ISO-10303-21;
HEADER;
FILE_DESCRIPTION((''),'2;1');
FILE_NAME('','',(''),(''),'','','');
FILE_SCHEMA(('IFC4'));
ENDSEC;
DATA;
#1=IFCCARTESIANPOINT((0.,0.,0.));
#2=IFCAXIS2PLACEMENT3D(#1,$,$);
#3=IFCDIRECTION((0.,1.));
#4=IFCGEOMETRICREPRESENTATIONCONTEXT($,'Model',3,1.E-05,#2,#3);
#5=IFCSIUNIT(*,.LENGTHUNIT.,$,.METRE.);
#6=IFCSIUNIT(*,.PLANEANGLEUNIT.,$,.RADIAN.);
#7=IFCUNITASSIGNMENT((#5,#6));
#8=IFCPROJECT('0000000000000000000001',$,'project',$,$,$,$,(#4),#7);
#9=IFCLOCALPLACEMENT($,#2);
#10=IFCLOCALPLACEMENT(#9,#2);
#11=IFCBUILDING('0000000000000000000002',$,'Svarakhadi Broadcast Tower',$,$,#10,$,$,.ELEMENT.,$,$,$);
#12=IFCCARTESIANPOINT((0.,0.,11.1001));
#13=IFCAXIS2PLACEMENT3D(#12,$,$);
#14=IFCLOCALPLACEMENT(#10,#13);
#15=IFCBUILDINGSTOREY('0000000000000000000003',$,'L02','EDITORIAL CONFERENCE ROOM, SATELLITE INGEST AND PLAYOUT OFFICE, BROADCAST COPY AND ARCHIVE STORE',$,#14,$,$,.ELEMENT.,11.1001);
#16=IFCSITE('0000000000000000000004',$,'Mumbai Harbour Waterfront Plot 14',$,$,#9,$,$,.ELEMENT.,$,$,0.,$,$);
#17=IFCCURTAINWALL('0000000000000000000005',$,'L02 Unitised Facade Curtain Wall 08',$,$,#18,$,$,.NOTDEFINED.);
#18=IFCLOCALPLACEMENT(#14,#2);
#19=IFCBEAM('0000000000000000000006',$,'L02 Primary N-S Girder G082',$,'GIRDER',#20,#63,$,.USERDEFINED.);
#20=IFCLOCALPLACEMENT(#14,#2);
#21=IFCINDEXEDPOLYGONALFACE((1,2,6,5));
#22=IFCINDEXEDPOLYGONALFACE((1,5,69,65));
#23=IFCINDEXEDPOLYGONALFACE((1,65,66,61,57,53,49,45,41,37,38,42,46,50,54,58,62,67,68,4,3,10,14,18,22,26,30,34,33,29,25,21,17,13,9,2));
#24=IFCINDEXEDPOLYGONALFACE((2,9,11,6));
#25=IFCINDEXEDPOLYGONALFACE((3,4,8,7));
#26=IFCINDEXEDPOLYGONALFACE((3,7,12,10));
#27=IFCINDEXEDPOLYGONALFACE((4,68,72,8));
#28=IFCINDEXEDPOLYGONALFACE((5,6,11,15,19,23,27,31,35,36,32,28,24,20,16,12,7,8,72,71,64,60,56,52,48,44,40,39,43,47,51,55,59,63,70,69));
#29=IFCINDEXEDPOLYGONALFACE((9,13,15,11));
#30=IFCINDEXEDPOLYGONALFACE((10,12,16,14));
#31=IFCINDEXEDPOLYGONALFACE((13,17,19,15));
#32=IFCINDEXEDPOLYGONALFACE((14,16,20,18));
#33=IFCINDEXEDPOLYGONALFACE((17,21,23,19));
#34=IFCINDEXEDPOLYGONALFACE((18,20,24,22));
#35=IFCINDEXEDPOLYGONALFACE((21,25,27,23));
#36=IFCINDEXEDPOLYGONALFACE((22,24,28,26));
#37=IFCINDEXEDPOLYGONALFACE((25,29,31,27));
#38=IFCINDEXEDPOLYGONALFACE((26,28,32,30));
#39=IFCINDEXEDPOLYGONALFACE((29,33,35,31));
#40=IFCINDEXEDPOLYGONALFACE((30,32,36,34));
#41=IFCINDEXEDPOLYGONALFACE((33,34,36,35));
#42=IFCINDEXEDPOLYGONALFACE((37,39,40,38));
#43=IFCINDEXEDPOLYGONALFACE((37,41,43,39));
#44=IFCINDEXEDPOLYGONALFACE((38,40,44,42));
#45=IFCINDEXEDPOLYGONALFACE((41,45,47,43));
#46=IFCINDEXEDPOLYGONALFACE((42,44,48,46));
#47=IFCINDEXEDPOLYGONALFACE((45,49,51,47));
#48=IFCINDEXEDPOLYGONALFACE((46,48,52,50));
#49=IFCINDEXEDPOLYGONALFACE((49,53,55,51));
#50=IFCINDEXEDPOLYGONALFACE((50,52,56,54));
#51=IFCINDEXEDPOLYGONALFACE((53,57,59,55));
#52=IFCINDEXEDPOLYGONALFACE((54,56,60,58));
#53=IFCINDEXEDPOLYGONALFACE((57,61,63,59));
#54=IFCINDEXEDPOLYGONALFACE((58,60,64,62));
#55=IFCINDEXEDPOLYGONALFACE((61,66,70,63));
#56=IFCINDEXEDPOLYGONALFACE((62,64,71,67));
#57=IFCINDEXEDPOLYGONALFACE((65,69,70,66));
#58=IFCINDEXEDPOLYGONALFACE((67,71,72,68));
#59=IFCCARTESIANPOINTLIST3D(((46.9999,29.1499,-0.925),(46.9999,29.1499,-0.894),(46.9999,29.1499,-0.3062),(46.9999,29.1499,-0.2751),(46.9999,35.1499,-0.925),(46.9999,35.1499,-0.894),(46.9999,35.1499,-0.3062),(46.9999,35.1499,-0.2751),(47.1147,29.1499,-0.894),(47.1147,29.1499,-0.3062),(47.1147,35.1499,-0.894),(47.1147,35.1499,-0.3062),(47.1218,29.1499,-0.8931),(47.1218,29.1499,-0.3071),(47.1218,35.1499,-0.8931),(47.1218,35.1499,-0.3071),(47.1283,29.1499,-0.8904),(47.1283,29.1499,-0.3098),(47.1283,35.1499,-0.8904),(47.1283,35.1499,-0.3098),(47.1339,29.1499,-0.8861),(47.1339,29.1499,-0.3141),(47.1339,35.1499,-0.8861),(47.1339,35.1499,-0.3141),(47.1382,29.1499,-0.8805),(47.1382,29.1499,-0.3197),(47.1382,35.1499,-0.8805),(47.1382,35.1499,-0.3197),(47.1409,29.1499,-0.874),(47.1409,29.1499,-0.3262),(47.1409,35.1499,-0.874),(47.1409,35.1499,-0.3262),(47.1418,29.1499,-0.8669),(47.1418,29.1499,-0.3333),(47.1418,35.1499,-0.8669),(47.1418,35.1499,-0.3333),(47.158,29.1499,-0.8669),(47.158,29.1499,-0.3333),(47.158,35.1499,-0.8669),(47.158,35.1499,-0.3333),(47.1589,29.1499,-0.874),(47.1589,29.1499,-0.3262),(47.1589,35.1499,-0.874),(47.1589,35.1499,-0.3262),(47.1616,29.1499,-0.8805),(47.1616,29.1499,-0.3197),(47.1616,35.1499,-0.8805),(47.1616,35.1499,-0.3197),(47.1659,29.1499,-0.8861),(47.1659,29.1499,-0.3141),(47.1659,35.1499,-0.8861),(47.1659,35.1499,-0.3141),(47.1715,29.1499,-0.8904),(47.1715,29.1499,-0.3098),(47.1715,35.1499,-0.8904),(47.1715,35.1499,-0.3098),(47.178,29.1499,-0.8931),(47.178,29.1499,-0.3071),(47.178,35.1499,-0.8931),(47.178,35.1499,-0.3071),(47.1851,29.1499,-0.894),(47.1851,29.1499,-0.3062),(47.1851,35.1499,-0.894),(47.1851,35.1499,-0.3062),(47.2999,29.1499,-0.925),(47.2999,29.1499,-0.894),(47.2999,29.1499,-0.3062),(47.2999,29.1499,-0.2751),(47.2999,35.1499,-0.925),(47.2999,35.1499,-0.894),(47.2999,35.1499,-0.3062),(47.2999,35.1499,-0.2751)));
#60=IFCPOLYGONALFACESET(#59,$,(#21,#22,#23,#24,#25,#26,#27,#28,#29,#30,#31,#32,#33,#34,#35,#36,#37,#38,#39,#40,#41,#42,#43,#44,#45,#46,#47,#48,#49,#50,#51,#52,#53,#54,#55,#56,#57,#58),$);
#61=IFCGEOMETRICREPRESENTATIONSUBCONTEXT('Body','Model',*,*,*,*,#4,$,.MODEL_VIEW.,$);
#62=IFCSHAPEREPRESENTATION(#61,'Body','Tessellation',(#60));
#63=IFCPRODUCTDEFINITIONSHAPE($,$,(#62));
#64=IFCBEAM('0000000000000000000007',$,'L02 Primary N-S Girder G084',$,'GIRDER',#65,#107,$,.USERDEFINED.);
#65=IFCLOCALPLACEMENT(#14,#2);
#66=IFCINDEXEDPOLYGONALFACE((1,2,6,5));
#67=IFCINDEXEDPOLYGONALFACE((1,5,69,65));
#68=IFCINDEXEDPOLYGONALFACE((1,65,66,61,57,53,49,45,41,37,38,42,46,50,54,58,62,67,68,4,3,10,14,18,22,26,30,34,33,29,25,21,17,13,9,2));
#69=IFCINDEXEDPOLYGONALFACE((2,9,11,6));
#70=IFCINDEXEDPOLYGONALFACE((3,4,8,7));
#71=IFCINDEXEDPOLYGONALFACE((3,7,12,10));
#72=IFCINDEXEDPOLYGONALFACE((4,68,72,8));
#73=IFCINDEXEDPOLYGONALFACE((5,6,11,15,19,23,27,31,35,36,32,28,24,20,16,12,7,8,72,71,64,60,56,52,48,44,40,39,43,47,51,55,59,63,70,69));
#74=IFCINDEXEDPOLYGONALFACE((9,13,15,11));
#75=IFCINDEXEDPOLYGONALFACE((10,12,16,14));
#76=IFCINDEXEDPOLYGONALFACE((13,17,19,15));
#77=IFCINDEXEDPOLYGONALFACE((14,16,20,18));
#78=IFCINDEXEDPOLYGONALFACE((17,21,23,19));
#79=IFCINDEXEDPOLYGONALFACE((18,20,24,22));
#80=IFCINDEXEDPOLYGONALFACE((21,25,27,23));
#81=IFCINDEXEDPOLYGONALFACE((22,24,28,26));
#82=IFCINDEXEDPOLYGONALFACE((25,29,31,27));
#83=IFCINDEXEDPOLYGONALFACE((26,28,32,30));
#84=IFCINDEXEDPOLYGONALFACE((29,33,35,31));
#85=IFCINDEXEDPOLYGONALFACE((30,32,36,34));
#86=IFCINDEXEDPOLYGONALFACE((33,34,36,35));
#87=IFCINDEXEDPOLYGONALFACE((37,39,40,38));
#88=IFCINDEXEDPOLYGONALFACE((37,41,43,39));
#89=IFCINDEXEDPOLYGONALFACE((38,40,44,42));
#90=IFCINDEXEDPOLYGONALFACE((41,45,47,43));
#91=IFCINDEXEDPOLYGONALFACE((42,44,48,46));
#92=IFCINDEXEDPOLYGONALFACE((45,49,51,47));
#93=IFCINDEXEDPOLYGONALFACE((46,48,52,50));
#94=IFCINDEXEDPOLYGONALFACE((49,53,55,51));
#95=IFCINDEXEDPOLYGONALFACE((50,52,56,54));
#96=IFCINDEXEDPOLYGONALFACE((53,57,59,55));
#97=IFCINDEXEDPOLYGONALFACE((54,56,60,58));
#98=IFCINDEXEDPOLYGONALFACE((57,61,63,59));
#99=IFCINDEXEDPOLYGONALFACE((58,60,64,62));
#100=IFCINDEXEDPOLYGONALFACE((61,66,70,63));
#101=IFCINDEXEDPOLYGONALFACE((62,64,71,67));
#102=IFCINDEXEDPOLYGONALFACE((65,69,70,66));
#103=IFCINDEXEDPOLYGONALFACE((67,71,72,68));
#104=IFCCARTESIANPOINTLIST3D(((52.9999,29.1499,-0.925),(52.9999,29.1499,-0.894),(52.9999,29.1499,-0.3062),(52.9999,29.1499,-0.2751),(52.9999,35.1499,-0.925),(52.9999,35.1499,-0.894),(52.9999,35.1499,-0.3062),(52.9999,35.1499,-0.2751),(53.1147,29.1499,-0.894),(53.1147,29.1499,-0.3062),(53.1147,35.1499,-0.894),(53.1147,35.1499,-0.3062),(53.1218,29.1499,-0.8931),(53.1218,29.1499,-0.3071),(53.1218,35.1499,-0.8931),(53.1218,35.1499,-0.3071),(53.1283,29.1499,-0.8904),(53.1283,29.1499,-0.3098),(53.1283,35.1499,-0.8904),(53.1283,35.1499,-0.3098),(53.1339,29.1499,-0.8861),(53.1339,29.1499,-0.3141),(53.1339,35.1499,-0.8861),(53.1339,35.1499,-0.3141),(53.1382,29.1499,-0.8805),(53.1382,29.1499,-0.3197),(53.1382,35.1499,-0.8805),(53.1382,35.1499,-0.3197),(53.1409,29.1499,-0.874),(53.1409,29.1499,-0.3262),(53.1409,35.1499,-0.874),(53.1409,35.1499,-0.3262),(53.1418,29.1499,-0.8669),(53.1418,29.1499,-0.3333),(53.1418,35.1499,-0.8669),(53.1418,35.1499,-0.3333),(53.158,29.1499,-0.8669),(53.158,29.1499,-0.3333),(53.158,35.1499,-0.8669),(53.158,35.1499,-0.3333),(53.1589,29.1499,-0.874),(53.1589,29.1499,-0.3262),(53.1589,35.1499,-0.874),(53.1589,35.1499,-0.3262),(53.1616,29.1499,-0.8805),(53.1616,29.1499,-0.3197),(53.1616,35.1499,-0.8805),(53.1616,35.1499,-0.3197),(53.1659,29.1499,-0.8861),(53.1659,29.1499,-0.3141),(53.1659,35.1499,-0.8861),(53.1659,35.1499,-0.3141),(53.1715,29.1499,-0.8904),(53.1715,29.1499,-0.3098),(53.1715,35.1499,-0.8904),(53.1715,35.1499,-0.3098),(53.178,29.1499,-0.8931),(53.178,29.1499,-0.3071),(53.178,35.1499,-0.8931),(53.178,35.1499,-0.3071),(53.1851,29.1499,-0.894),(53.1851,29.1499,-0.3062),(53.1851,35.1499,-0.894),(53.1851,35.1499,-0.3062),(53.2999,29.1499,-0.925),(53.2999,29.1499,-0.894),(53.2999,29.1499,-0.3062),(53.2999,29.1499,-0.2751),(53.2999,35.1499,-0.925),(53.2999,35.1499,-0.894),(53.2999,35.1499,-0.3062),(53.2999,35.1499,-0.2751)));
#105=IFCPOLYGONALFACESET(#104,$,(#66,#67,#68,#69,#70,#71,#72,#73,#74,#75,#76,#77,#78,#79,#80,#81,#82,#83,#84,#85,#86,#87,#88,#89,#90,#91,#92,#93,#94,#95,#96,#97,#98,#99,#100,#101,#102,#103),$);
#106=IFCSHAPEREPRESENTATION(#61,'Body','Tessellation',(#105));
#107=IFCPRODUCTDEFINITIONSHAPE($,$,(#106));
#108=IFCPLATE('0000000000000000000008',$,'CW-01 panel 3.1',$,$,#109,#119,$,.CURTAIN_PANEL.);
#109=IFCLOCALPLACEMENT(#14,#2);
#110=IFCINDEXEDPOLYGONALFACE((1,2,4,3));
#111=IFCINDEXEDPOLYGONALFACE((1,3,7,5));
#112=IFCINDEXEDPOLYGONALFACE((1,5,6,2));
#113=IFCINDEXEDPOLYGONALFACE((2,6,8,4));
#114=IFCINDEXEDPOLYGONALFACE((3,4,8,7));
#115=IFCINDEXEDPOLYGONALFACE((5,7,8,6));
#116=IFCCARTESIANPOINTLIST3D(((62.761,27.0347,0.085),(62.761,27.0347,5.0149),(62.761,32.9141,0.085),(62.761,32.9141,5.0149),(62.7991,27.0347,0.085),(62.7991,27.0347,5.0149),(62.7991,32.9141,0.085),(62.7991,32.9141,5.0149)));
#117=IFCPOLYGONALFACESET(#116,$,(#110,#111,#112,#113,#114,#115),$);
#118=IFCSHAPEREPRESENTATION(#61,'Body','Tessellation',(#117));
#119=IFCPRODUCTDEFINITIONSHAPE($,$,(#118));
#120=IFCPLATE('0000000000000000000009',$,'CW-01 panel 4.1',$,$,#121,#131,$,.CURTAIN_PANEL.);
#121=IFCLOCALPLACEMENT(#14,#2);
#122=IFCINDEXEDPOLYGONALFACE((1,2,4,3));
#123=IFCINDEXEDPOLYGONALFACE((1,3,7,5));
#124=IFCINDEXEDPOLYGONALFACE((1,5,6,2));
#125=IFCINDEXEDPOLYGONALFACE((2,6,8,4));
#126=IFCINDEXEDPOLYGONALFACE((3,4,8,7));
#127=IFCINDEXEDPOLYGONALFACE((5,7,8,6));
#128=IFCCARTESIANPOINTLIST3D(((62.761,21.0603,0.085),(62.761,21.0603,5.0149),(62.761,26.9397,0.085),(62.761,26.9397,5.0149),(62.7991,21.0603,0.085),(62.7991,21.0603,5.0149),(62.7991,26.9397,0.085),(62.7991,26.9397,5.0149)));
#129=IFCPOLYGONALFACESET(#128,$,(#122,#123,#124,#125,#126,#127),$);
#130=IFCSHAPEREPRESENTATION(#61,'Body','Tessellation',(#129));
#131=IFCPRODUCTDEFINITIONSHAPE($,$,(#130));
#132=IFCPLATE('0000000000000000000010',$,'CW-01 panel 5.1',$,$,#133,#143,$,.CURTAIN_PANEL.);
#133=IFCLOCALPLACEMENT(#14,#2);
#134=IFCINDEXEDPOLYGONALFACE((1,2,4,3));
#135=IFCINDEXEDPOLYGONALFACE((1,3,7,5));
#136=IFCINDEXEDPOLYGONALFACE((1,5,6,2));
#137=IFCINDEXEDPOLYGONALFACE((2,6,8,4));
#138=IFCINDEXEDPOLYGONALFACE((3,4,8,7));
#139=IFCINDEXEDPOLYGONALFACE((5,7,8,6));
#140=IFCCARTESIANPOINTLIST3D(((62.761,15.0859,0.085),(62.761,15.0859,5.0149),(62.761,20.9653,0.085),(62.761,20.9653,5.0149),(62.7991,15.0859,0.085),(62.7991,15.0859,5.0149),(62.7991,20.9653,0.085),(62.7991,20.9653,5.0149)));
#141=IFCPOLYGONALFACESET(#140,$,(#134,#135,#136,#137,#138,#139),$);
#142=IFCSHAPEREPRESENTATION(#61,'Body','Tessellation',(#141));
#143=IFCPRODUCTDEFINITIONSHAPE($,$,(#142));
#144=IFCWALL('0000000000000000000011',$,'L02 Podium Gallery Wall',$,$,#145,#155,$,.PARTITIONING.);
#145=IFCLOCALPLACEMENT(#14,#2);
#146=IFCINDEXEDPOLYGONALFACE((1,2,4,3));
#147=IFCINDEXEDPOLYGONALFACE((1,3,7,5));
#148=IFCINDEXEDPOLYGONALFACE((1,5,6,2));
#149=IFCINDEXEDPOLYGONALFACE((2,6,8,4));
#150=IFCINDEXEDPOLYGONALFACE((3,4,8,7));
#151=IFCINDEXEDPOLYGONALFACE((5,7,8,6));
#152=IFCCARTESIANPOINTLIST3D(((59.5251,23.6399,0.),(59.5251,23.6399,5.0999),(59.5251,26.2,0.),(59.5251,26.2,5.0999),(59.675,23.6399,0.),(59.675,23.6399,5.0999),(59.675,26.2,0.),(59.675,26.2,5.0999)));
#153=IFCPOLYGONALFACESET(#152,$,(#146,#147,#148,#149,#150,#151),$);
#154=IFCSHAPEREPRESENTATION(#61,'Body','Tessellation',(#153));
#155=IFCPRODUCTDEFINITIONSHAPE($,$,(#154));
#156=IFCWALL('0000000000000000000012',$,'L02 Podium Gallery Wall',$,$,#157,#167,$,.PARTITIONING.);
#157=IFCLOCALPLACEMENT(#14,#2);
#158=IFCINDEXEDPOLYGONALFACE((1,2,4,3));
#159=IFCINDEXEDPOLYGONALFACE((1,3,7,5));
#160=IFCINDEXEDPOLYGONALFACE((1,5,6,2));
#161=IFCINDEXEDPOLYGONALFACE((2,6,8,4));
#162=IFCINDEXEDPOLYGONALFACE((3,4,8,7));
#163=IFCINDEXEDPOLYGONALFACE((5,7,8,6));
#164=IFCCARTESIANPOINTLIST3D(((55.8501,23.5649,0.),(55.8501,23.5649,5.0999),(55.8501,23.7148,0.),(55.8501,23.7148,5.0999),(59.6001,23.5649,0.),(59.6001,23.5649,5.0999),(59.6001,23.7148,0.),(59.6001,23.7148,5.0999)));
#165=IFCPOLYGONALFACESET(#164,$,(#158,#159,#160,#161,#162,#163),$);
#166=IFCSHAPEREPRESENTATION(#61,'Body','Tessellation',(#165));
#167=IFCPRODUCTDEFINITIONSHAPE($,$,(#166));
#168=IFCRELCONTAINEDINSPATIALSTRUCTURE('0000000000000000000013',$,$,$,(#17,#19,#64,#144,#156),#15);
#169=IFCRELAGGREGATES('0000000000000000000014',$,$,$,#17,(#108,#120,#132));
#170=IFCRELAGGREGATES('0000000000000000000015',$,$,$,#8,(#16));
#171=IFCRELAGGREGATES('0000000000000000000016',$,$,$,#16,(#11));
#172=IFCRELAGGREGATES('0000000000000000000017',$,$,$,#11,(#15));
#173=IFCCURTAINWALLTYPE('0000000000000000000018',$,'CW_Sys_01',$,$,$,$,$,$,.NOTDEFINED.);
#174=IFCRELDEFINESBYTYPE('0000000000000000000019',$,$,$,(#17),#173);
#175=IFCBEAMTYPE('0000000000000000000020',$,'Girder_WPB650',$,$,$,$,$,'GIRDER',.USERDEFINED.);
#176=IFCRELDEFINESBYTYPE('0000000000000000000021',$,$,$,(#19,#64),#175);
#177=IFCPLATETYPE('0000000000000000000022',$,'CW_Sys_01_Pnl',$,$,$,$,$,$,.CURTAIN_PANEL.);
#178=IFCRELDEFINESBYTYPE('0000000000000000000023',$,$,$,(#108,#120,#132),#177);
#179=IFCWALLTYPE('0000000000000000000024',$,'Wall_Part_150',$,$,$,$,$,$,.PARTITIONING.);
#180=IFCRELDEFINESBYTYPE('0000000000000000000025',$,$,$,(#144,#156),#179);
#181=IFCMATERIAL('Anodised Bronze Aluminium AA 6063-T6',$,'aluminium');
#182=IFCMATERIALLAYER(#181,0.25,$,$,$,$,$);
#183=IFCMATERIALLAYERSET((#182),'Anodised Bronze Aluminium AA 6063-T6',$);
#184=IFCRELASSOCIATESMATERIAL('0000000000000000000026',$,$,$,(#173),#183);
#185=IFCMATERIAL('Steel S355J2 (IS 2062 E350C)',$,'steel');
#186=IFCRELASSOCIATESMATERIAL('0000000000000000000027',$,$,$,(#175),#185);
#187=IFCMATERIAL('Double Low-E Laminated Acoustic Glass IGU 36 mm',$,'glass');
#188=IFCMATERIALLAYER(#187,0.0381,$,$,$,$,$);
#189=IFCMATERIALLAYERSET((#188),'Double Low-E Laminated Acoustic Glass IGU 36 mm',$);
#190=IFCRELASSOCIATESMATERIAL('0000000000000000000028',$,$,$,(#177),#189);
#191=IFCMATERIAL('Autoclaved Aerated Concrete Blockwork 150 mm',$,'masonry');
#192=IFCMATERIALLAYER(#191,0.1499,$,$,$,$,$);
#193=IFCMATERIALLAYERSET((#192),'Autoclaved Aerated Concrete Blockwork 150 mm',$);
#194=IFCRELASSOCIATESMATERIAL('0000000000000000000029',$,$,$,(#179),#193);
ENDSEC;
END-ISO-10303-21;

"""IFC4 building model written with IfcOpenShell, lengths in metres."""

from ifc_helpers import new_model, si_unit, direction, frame, frame_2d, origin, origin_2d, place, context, subcontext, project, spatial, rectangle, i_section, extrude, material, layer, layer_set, material_profile, profile_set, type_object, element, aggregate, save


model = new_model("IFC4")

# Units and contexts
model_context = context("Model", 3, precision=1e-05, world=origin(), true_north=direction((0.0, 1.0)))
body_context = subcontext(model_context, "Body", "Model", "MODEL_VIEW")
ifc_project = project(units=[si_unit("LENGTHUNIT", "METRE"), si_unit("PLANEANGLEUNIT", "RADIAN")], contexts=[model_context])

# Site, building, storey
site_placement = place(None, origin())
site = spatial("IfcSite", under=ifc_project, at=site_placement, Name="Mumbai Harbour Waterfront Plot 14", CompositionType="ELEMENT", RefElevation=0.0)
building_placement = place(site_placement, origin())
building = spatial("IfcBuilding", under=site, at=building_placement, Name="Svarakhadi Broadcast Tower", CompositionType="ELEMENT")
storey_placement = place(building_placement, frame((0.0, 0.0, 11.1001)))
storey = spatial("IfcBuildingStorey", under=building, at=storey_placement, Name="L02", Description="EDITORIAL CONFERENCE ROOM, SATELLITE INGEST AND PLAYOUT OFFICE, BROADCAST COPY AND ARCHIVE STORE", CompositionType="ELEMENT", Elevation=11.1001)

# Shared definitions
ifc_material_1 = material(Name="Steel S355J2 (IS 2062 E350C)", Category="steel")

# Curtain wall
ifc_material_2 = material(Name="Anodised Bronze Aluminium AA 6063-T6", Category="aluminium")
ifc_layer_1 = layer(ifc_material_2, 0.25)
ifc_layer_set_1 = layer_set([ifc_layer_1], Name="Anodised Bronze Aluminium AA 6063-T6")
curtain_wall_type = type_object("IfcCurtainWallType", Name="CW_Sys_01", PredefinedType="NOTDEFINED", material=ifc_layer_set_1)
curtain_wall_placement = place(storey_placement, origin())
curtain_wall = element("IfcCurtainWall", 1, at=curtain_wall_placement, inside=storey, type_object=curtain_wall_type, Name="L02 Unitised Facade Curtain Wall 08", PredefinedType="NOTDEFINED")

# Beams
ifc_material_profile_1 = material_profile(ifc_material_1, i_section(OverallWidth=0.3, OverallDepth=0.6499, WebThickness=0.0161, FlangeThickness=0.031, FilletRadius=0.0271, at=origin_2d()), Name="WPB 650x300x225")
ifc_profile_set_1 = profile_set([ifc_material_profile_1], Name="Steel S355J2 (IS 2062 E350C)")
beam_type_1 = type_object("IfcBeamType", Name="Girder_WPB650", ElementType="GIRDER", PredefinedType="USERDEFINED", material=ifc_profile_set_1)
for number, where, z_axis, x_axis, name in (
    (2, (47.1499, 29.1499, -0.6001), (0.0, 1.0, 0.0), (-1.0, 0.0, 0.0), "L02 Primary N-S Girder G082"),
    (3, (53.1499, 29.1499, -0.6001), (0.0, 1.0, 0.0), (-1.0, 0.0, 0.0), "L02 Primary N-S Girder G084"),
):
    element("IfcBeam", number, at=place(storey_placement, frame(where, z_axis=z_axis, x_axis=x_axis)), inside=storey, type_object=beam_type_1, Name=name, ObjectType="GIRDER", PredefinedType="USERDEFINED", context=body_context, shape_type="SweptSolid", body=[
        extrude(i_section(OverallWidth=0.3, OverallDepth=0.6499, WebThickness=0.0161, FlangeThickness=0.031, FilletRadius=0.0271, at=origin_2d()), origin(), (0.0, 0.0, 1.0), 6.0),
    ])

# Plates
ifc_material_3 = material(Name="Double Low-E Laminated Acoustic Glass IGU 36 mm", Category="glass")
ifc_layer_2 = layer(ifc_material_3, 0.0381)
ifc_layer_set_2 = layer_set([ifc_layer_2], Name="Double Low-E Laminated Acoustic Glass IGU 36 mm")
plate_type = type_object("IfcPlateType", Name="CW_Sys_01_Pnl", PredefinedType="CURTAIN_PANEL", material=ifc_layer_set_2)
plate_1_placement = place(storey_placement, frame((62.78, 29.9744, 0.085), z_axis=(0.0, 0.0, 1.0), x_axis=(0.0, -1.0, 0.0)))
plate_1 = element("IfcPlate", 4, at=plate_1_placement, type_object=plate_type, Name="CW-01 panel 3.1", PredefinedType="CURTAIN_PANEL", context=body_context, shape_type="SweptSolid", body=[
    extrude(rectangle(XDim=5.8794, YDim=0.0381, at=origin_2d()), origin(), (0.0, 0.0, 1.0), 4.9299),
])
plate_2_placement = place(storey_placement, frame((62.78, 24.0, 0.085), z_axis=(0.0, 0.0, 1.0), x_axis=(0.0, -1.0, 0.0)))
plate_2 = element("IfcPlate", 5, at=plate_2_placement, type_object=plate_type, Name="CW-01 panel 4.1", PredefinedType="CURTAIN_PANEL", context=body_context, shape_type="SweptSolid", body=[
    extrude(rectangle(XDim=5.8794, YDim=0.0381, at=origin_2d()), origin(), (0.0, 0.0, 1.0), 4.9299),
])
plate_3_placement = place(storey_placement, frame((62.78, 18.0256, 0.085), z_axis=(0.0, 0.0, 1.0), x_axis=(0.0, -1.0, 0.0)))
plate_3 = element("IfcPlate", 6, at=plate_3_placement, type_object=plate_type, Name="CW-01 panel 5.1", PredefinedType="CURTAIN_PANEL", context=body_context, shape_type="SweptSolid", body=[
    extrude(rectangle(XDim=5.8794, YDim=0.0381, at=origin_2d()), origin(), (0.0, 0.0, 1.0), 4.9299),
])
aggregate(curtain_wall, [plate_1, plate_2, plate_3])

# Walls
ifc_material_4 = material(Name="Autoclaved Aerated Concrete Blockwork 150 mm", Category="masonry")
ifc_layer_3 = layer(ifc_material_4, 0.1499)
ifc_layer_set_3 = layer_set([ifc_layer_3], Name="Autoclaved Aerated Concrete Blockwork 150 mm")
wall_type_1 = type_object("IfcWallType", Name="Wall_Part_150", PredefinedType="PARTITIONING", material=ifc_layer_set_3)
wall_1_placement = place(storey_placement, frame((59.6001, 26.2, 0.0), z_axis=(0.0, 0.0, 1.0), x_axis=(0.0, -1.0, 0.0)))
element("IfcWall", 7, at=wall_1_placement, inside=storey, type_object=wall_type_1, Name="L02 Podium Gallery Wall", PredefinedType="PARTITIONING", context=body_context, shape_type="SweptSolid", body=[
    extrude(rectangle(XDim=2.5601, YDim=0.1499, at=frame_2d((1.28, 0.0))), origin(), (0.0, 0.0, 1.0), 5.0999),
])
wall_2_placement = place(storey_placement, frame((59.6001, 23.6399, 0.0), z_axis=(0.0, 0.0, 1.0), x_axis=(-1.0, 0.0, 0.0)))
element("IfcWall", 8, at=wall_2_placement, inside=storey, type_object=wall_type_1, Name="L02 Podium Gallery Wall", PredefinedType="PARTITIONING", context=body_context, shape_type="SweptSolid", body=[
    extrude(rectangle(XDim=3.75, YDim=0.1499, at=frame_2d((1.875, 0.0))), origin(), (0.0, 0.0, 1.0), 5.0999),
])

save(model, "model.ifc")
